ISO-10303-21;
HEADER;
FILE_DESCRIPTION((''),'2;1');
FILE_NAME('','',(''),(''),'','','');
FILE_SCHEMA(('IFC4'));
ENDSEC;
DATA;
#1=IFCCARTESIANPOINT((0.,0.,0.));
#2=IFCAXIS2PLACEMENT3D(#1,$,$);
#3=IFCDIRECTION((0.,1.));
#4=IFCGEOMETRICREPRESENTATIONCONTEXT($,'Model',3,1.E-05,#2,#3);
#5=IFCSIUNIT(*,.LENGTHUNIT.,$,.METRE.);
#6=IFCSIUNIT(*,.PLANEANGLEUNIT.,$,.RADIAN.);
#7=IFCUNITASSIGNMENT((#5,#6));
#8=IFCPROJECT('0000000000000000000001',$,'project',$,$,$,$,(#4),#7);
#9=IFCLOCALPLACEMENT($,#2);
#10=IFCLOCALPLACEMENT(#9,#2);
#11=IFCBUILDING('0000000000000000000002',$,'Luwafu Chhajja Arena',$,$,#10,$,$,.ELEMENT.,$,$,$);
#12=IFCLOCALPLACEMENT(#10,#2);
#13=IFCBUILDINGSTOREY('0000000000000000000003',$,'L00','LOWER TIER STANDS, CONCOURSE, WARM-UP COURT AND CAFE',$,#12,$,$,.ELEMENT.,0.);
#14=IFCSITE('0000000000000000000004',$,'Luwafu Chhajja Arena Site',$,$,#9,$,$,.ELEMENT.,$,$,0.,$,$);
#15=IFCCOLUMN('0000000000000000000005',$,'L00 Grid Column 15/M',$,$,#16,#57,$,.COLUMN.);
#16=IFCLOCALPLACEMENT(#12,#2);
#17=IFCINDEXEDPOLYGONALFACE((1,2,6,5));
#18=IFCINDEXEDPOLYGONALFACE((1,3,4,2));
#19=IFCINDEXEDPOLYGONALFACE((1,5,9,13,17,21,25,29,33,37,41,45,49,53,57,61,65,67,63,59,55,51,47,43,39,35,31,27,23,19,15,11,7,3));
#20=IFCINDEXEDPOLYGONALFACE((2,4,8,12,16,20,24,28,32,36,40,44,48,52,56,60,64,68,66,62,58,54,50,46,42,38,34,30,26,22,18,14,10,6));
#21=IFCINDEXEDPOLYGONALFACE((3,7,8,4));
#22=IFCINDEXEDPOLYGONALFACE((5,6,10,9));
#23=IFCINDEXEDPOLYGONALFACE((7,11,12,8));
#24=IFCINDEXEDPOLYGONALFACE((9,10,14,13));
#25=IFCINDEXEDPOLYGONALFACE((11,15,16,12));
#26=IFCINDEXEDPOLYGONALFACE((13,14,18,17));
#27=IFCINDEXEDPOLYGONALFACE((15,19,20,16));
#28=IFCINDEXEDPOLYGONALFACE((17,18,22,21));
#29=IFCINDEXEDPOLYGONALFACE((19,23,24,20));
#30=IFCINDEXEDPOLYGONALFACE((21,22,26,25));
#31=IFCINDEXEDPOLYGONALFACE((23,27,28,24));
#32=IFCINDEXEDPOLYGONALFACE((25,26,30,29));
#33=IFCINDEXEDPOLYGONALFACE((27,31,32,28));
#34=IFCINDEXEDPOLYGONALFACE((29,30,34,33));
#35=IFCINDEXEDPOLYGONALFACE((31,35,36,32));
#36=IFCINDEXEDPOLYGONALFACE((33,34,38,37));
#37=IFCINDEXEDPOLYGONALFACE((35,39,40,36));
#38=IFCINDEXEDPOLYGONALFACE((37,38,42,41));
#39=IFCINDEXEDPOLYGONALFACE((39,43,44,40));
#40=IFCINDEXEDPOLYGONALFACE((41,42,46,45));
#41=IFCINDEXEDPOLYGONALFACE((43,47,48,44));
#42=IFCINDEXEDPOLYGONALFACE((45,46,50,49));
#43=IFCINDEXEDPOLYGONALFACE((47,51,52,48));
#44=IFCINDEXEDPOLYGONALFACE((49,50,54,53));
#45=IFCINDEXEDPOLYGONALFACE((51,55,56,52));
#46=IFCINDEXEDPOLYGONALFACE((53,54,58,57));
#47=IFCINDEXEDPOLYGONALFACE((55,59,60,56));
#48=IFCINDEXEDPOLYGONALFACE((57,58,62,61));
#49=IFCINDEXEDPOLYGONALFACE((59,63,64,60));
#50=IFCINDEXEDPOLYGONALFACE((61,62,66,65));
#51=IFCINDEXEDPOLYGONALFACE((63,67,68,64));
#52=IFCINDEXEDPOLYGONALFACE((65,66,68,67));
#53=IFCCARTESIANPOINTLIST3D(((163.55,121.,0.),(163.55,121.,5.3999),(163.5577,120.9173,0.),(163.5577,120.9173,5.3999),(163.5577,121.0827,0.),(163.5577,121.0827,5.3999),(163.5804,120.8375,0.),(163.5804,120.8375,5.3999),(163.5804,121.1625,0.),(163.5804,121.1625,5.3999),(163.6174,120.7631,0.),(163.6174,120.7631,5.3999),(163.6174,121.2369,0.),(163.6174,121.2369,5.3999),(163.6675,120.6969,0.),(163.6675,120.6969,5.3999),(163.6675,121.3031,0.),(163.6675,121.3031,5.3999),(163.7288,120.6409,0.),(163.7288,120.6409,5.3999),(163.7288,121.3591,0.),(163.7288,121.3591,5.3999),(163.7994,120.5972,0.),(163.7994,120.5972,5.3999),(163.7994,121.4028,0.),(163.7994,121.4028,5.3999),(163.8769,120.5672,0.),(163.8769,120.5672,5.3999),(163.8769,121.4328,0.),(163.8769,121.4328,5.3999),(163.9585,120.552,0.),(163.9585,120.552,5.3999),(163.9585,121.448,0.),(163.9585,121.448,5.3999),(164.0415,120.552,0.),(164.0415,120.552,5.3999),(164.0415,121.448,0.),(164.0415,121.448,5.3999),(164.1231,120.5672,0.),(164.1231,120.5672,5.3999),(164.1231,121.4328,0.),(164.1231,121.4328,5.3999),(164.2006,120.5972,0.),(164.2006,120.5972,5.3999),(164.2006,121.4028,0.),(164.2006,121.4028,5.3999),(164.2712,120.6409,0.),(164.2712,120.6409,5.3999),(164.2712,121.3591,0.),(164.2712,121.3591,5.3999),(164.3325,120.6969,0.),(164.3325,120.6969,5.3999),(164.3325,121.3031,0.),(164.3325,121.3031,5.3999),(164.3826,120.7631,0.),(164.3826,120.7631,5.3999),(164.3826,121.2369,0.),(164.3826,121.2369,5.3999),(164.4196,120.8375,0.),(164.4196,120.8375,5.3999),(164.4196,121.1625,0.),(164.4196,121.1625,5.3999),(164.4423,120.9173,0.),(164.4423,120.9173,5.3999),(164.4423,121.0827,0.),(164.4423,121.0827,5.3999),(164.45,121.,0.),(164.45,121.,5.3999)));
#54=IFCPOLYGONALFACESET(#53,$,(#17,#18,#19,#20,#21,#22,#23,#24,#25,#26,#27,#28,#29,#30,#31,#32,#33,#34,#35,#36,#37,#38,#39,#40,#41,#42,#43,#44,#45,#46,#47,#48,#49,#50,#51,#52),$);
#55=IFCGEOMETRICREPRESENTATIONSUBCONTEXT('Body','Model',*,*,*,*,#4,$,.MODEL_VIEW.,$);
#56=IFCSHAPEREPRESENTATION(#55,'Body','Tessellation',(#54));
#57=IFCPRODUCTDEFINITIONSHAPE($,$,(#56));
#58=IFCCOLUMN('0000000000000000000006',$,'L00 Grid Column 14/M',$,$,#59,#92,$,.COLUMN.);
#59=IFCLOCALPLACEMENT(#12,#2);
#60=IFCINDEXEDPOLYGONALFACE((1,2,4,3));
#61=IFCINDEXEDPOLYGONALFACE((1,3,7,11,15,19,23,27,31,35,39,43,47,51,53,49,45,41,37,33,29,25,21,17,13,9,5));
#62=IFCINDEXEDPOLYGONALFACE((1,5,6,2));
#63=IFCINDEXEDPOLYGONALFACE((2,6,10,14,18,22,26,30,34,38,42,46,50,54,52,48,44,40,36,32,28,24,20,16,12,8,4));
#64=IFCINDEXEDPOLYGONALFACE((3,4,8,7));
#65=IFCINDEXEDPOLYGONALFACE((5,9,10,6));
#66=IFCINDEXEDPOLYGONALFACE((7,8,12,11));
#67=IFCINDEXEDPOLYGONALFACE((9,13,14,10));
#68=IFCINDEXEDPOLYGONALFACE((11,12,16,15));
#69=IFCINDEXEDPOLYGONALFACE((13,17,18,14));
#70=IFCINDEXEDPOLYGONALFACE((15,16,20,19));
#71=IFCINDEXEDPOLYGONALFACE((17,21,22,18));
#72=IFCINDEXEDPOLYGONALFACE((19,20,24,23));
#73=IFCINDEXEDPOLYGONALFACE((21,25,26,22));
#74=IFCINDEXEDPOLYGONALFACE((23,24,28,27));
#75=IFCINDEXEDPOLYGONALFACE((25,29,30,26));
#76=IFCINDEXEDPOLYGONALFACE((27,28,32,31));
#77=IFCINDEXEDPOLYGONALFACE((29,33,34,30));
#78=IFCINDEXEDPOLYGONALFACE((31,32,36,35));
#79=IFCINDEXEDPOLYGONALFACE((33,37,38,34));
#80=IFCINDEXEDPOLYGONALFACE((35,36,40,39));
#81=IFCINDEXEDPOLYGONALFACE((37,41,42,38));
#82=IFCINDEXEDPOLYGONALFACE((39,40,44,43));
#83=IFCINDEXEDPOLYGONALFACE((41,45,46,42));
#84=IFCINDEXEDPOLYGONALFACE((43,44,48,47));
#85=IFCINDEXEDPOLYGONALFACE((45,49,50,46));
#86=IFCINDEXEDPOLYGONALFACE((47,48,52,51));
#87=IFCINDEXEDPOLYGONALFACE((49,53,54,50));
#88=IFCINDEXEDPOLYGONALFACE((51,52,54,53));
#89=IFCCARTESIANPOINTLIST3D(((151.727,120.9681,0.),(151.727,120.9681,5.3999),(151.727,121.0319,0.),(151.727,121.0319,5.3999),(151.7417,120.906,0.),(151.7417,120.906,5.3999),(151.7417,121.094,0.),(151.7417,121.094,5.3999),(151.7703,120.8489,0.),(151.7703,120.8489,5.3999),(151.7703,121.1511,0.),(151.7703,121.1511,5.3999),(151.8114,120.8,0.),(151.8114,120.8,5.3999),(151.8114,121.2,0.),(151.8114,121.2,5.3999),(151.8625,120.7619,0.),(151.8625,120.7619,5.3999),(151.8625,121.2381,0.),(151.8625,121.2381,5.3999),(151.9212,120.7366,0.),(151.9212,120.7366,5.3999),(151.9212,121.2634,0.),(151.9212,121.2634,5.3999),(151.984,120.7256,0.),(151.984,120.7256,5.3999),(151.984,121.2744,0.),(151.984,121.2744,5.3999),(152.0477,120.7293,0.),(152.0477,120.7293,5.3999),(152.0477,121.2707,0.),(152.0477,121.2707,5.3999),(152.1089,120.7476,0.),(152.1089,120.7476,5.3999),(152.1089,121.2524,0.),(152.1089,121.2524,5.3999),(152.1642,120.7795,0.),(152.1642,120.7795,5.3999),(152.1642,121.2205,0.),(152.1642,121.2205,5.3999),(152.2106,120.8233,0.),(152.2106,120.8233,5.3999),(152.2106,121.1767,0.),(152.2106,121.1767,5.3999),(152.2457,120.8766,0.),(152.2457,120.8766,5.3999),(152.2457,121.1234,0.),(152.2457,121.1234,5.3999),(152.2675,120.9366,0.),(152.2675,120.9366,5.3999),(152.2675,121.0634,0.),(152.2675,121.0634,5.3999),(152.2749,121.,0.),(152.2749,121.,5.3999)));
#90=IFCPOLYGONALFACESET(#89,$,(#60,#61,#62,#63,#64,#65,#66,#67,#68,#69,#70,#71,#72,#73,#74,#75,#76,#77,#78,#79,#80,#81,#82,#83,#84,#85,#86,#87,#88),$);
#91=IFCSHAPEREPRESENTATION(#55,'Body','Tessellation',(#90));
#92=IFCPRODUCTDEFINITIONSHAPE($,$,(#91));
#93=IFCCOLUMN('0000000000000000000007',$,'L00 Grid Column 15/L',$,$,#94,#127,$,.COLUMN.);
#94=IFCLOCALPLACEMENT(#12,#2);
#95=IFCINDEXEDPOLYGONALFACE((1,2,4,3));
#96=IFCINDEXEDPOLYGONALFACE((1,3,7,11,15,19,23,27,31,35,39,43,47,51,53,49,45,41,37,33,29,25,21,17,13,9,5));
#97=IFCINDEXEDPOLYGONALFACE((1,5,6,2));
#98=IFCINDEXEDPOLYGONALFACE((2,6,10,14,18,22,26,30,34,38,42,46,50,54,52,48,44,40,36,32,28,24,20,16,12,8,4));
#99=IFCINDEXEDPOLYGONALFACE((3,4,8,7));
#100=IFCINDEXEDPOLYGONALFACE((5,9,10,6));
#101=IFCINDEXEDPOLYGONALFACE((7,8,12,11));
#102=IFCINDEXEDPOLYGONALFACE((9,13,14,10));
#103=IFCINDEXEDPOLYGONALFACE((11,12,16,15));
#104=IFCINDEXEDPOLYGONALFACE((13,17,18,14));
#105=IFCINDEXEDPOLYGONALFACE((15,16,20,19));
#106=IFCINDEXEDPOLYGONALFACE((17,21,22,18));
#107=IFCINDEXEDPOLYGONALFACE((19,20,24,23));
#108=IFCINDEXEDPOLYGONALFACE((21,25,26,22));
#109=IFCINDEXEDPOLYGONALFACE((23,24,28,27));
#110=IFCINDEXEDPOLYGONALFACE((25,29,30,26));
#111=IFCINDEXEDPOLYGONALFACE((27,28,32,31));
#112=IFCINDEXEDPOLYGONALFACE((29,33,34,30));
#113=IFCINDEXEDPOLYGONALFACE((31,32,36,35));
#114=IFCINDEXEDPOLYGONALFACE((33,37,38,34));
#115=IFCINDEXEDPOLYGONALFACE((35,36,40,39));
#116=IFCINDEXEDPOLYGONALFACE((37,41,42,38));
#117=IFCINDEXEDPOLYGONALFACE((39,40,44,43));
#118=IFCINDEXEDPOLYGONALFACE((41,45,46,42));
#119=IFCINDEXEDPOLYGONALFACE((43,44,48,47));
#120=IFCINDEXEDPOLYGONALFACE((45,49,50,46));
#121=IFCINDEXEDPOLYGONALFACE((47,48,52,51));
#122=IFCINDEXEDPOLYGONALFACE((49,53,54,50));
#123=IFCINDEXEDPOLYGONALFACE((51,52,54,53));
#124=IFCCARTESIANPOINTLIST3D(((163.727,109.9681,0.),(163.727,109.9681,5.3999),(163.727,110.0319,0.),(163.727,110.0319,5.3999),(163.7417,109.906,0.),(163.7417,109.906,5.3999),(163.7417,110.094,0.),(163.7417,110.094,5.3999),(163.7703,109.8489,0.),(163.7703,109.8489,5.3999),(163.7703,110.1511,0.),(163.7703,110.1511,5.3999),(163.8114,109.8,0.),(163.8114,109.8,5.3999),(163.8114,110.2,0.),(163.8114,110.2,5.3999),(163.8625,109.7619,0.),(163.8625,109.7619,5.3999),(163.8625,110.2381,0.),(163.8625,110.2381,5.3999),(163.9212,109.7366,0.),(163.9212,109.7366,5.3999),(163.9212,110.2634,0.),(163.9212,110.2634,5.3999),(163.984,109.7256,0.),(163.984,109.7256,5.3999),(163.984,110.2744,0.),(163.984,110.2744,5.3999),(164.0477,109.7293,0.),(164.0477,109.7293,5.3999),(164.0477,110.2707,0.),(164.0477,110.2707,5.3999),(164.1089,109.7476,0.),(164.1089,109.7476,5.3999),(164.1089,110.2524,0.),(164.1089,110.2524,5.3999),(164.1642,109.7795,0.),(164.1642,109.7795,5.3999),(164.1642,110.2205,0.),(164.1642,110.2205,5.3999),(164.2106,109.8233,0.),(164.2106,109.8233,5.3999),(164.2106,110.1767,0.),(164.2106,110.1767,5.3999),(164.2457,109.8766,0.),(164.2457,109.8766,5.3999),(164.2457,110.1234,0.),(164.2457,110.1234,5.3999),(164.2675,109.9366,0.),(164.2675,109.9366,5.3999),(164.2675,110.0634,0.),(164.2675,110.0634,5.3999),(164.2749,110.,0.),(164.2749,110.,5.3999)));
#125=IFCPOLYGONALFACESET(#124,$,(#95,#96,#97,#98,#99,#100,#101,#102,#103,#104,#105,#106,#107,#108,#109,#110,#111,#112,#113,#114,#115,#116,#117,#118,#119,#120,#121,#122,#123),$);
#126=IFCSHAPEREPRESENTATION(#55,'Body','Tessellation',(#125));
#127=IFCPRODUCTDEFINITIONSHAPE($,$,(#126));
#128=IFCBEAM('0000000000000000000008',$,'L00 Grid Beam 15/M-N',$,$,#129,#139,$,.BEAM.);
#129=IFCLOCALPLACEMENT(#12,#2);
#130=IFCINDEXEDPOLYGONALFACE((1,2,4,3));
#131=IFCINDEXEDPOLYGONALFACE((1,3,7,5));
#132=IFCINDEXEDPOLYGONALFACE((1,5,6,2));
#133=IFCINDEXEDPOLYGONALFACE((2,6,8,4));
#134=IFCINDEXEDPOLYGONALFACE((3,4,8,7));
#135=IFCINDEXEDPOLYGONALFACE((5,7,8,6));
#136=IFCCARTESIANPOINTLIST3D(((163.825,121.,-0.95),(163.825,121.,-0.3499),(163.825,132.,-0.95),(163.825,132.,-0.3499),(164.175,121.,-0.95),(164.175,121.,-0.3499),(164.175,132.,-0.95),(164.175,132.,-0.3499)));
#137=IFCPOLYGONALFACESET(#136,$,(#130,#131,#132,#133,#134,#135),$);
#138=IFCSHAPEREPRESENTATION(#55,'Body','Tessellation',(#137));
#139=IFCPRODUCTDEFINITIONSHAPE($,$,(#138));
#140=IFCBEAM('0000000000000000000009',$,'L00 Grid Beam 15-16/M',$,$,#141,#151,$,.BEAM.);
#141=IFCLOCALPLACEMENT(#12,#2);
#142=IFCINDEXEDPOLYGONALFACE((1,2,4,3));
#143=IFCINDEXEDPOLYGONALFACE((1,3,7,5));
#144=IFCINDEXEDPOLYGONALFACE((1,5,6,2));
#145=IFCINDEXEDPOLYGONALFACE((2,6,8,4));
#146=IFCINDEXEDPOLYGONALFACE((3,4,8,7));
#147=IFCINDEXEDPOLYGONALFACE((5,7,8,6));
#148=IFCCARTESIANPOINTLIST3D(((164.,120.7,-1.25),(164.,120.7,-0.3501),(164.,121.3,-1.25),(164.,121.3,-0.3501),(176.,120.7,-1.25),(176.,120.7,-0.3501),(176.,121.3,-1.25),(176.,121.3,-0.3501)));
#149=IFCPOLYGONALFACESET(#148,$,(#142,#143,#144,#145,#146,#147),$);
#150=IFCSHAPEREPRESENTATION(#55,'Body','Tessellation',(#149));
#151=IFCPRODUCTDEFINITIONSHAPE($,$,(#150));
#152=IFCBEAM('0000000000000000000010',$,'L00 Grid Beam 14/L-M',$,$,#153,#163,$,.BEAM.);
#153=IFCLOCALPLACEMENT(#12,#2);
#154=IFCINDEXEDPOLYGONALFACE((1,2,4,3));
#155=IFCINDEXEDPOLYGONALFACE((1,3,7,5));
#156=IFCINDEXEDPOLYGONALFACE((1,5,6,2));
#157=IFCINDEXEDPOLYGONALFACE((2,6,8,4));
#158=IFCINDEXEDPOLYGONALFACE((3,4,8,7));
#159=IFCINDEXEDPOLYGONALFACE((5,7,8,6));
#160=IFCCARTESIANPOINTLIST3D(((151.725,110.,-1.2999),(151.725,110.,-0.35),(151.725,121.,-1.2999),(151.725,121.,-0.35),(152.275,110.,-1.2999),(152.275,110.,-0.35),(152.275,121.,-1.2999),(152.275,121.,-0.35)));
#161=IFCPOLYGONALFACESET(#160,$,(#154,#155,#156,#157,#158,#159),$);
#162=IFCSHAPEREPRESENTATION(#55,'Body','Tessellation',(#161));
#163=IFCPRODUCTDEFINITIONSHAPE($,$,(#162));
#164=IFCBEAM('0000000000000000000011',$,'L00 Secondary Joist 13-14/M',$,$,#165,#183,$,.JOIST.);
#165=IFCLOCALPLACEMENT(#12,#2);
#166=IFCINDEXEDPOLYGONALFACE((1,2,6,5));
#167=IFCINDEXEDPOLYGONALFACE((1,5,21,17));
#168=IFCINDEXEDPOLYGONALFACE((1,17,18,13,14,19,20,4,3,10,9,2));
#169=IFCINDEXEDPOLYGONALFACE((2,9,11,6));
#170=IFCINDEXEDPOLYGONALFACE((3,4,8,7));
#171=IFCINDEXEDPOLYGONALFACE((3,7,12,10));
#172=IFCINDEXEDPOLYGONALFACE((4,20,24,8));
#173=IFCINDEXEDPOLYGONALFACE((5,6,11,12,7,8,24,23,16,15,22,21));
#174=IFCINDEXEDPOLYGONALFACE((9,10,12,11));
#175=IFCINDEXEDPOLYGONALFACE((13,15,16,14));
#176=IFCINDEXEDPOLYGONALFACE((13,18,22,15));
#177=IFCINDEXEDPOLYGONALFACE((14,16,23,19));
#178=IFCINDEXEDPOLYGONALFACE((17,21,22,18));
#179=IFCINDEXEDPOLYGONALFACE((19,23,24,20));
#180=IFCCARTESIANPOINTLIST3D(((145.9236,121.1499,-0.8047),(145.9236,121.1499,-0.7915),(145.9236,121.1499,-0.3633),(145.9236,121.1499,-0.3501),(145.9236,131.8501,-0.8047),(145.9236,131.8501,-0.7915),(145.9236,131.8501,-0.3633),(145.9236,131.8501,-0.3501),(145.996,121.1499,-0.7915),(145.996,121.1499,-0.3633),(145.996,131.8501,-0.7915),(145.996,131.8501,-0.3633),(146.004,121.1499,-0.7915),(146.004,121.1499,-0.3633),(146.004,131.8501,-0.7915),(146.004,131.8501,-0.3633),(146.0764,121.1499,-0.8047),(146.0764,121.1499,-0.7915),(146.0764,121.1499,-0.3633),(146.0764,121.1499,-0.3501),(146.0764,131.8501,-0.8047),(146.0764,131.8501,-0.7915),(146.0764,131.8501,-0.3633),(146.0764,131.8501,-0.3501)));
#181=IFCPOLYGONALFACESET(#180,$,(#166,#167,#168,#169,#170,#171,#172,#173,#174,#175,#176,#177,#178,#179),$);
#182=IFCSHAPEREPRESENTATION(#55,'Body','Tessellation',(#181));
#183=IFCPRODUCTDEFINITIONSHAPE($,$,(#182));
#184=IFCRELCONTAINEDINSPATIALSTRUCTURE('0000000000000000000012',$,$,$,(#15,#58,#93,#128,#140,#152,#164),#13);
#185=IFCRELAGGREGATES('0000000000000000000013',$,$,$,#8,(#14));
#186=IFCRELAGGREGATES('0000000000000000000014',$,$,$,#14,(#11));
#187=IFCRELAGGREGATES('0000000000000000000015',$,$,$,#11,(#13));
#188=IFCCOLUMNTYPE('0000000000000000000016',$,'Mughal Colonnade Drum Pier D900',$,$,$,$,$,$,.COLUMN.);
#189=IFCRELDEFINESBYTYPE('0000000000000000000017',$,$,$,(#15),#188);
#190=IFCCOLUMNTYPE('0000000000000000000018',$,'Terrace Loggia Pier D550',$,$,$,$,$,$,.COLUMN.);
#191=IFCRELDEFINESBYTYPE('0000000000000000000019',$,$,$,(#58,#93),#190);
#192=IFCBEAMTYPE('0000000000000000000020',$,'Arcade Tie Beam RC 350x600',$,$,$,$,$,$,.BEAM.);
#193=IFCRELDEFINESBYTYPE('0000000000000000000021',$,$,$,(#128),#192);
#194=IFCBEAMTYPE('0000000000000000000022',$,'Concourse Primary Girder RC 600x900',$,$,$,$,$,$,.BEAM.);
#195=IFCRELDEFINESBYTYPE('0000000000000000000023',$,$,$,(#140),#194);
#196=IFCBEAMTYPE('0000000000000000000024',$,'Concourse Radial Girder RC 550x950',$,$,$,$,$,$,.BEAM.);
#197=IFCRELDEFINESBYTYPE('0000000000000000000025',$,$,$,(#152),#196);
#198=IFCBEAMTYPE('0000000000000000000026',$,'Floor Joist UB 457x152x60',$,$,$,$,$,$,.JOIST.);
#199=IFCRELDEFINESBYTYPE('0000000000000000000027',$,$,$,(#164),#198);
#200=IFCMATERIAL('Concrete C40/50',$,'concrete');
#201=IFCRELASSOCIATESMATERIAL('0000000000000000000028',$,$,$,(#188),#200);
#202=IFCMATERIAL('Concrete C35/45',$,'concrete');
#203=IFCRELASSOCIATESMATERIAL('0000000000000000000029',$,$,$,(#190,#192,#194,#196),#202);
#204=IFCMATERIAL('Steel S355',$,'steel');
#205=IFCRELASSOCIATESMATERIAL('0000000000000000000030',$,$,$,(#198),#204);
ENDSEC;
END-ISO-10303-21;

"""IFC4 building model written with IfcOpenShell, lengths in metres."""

from ifc_helpers import new_model, si_unit, direction, frame, origin, origin_2d, place, context, subcontext, project, spatial, rectangle, circle, i_section, extrude, material, material_profile, profile_set, type_object, element, save


model = new_model("IFC4")

# Units and contexts
model_context = context("Model", 3, precision=1e-05, world=origin(), true_north=direction((0.0, 1.0)))
body_context = subcontext(model_context, "Body", "Model", "MODEL_VIEW")
ifc_project = project(units=[si_unit("LENGTHUNIT", "METRE"), si_unit("PLANEANGLEUNIT", "RADIAN")], contexts=[model_context])

# Site, building, storey
site_placement = place(None, origin())
site = spatial("IfcSite", under=ifc_project, at=site_placement, Name="Luwafu Chhajja Arena Site", CompositionType="ELEMENT", RefElevation=0.0)
building_placement = place(site_placement, origin())
building = spatial("IfcBuilding", under=site, at=building_placement, Name="Luwafu Chhajja Arena", CompositionType="ELEMENT")
storey_placement = place(building_placement, origin())
storey = spatial("IfcBuildingStorey", under=building, at=storey_placement, Name="L00", Description="LOWER TIER STANDS, CONCOURSE, WARM-UP COURT AND CAFE", CompositionType="ELEMENT", Elevation=0.0)

# Columns
ifc_material_1 = material(Name="Concrete C40/50", Category="concrete")
ifc_material_profile_1 = material_profile(ifc_material_1, circle(Radius=0.45, at=origin_2d()), Name="RC COL D900")
ifc_profile_set_1 = profile_set([ifc_material_profile_1], Name="Concrete C40/50")
column_type_1 = type_object("IfcColumnType", Name="Mughal Colonnade Drum Pier D900", PredefinedType="COLUMN", material=ifc_profile_set_1)
column_placement = place(storey_placement, frame((164.0, 121.0, 0.0), z_axis=(0.0, 0.0, 1.0), x_axis=(1.0, 0.0, 0.0)))
element("IfcColumn", 1, at=column_placement, inside=storey, type_object=column_type_1, Name="L00 Grid Column 15/M", PredefinedType="COLUMN", context=body_context, shape_type="SweptSolid", body=[
    extrude(circle(Radius=0.45, at=origin_2d()), origin(), (0.0, 0.0, 1.0), 5.3999),
])
ifc_material_2 = material(Name="Concrete C35/45", Category="concrete")
ifc_material_profile_2 = material_profile(ifc_material_2, circle(Radius=0.2749, at=origin_2d()), Name="RC COL D550")
ifc_profile_set_2 = profile_set([ifc_material_profile_2], Name="Concrete C35/45")
column_type_2 = type_object("IfcColumnType", Name="Terrace Loggia Pier D550", PredefinedType="COLUMN", material=ifc_profile_set_2)
for number, where, z_axis, x_axis, name in (
    (2, (152.0, 121.0, 0.0), (0.0, 0.0, 1.0), (1.0, 0.0, 0.0), "L00 Grid Column 14/M"),
    (3, (164.0, 110.0, 0.0), (0.0, 0.0, 1.0), (1.0, 0.0, 0.0), "L00 Grid Column 15/L"),
):
    element("IfcColumn", number, at=place(storey_placement, frame(where, z_axis=z_axis, x_axis=x_axis)), inside=storey, type_object=column_type_2, Name=name, PredefinedType="COLUMN", context=body_context, shape_type="SweptSolid", body=[
        extrude(circle(Radius=0.2749, at=origin_2d()), origin(), (0.0, 0.0, 1.0), 5.3999),
    ])

# Beams
ifc_material_profile_3 = material_profile(ifc_material_2, rectangle(XDim=0.3501, YDim=0.6001, at=origin_2d()), Name="RC 350x600")
ifc_profile_set_3 = profile_set([ifc_material_profile_3], Name="Concrete C35/45")
beam_type_1 = type_object("IfcBeamType", Name="Arcade Tie Beam RC 350x600", PredefinedType="BEAM", material=ifc_profile_set_3)
beam_1_placement = place(storey_placement, frame((164.0, 121.0, -0.6499), z_axis=(0.0, 1.0, 0.0), x_axis=(-1.0, 0.0, 0.0)))
element("IfcBeam", 4, at=beam_1_placement, inside=storey, type_object=beam_type_1, Name="L00 Grid Beam 15/M-N", PredefinedType="BEAM", context=body_context, shape_type="SweptSolid", body=[
    extrude(rectangle(XDim=0.3501, YDim=0.6001, at=origin_2d()), origin(), (0.0, 0.0, 1.0), 11.0),
])
ifc_material_profile_4 = material_profile(ifc_material_2, rectangle(XDim=0.6001, YDim=0.8999, at=origin_2d()), Name="RC 600x900")
ifc_profile_set_4 = profile_set([ifc_material_profile_4], Name="Concrete C35/45")
beam_type_2 = type_object("IfcBeamType", Name="Concourse Primary Girder RC 600x900", PredefinedType="BEAM", material=ifc_profile_set_4)
beam_2_placement = place(storey_placement, frame((164.0, 121.0, -0.8), z_axis=(1.0, 0.0, 0.0), x_axis=(0.0, 1.0, 0.0)))
element("IfcBeam", 5, at=beam_2_placement, inside=storey, type_object=beam_type_2, Name="L00 Grid Beam 15-16/M", PredefinedType="BEAM", context=body_context, shape_type="SweptSolid", body=[
    extrude(rectangle(XDim=0.6001, YDim=0.8999, at=origin_2d()), origin(), (0.0, 0.0, 1.0), 12.0),
])
ifc_material_profile_5 = material_profile(ifc_material_2, rectangle(XDim=0.55, YDim=0.95, at=origin_2d()), Name="RC 550x950")
ifc_profile_set_5 = profile_set([ifc_material_profile_5], Name="Concrete C35/45")
beam_type_3 = type_object("IfcBeamType", Name="Concourse Radial Girder RC 550x950", PredefinedType="BEAM", material=ifc_profile_set_5)
beam_3_placement = place(storey_placement, frame((152.0, 110.0, -0.825), z_axis=(0.0, 1.0, 0.0), x_axis=(-1.0, 0.0, 0.0)))
element("IfcBeam", 6, at=beam_3_placement, inside=storey, type_object=beam_type_3, Name="L00 Grid Beam 14/L-M", PredefinedType="BEAM", context=body_context, shape_type="SweptSolid", body=[
    extrude(rectangle(XDim=0.55, YDim=0.95, at=origin_2d()), origin(), (0.0, 0.0, 1.0), 11.0),
])
ifc_material_3 = material(Name="Steel S355", Category="steel")
ifc_material_profile_6 = material_profile(ifc_material_3, i_section(OverallWidth=0.1528, OverallDepth=0.4546, WebThickness=0.0081, FlangeThickness=0.0132, at=origin_2d()), Name="UB 457x152x60")
ifc_profile_set_6 = profile_set([ifc_material_profile_6], Name="Steel S355")
beam_type_4 = type_object("IfcBeamType", Name="Floor Joist UB 457x152x60", PredefinedType="JOIST", material=ifc_profile_set_6)
for number, where, z_axis, x_axis, name in (
    (7, (146.0, 121.1499, -0.5774), (0.0, 1.0, 0.0), (-1.0, 0.0, 0.0), "L00 Secondary Joist 13-14/M"),
):
    element("IfcBeam", number, at=place(storey_placement, frame(where, z_axis=z_axis, x_axis=x_axis)), inside=storey, type_object=beam_type_4, Name=name, PredefinedType="JOIST", context=body_context, shape_type="SweptSolid", body=[
        extrude(i_section(OverallWidth=0.1528, OverallDepth=0.4546, WebThickness=0.0081, FlangeThickness=0.0132, at=origin_2d()), origin(), (0.0, 0.0, 1.0), 10.7002),
    ])

save(model, "model.ifc")
